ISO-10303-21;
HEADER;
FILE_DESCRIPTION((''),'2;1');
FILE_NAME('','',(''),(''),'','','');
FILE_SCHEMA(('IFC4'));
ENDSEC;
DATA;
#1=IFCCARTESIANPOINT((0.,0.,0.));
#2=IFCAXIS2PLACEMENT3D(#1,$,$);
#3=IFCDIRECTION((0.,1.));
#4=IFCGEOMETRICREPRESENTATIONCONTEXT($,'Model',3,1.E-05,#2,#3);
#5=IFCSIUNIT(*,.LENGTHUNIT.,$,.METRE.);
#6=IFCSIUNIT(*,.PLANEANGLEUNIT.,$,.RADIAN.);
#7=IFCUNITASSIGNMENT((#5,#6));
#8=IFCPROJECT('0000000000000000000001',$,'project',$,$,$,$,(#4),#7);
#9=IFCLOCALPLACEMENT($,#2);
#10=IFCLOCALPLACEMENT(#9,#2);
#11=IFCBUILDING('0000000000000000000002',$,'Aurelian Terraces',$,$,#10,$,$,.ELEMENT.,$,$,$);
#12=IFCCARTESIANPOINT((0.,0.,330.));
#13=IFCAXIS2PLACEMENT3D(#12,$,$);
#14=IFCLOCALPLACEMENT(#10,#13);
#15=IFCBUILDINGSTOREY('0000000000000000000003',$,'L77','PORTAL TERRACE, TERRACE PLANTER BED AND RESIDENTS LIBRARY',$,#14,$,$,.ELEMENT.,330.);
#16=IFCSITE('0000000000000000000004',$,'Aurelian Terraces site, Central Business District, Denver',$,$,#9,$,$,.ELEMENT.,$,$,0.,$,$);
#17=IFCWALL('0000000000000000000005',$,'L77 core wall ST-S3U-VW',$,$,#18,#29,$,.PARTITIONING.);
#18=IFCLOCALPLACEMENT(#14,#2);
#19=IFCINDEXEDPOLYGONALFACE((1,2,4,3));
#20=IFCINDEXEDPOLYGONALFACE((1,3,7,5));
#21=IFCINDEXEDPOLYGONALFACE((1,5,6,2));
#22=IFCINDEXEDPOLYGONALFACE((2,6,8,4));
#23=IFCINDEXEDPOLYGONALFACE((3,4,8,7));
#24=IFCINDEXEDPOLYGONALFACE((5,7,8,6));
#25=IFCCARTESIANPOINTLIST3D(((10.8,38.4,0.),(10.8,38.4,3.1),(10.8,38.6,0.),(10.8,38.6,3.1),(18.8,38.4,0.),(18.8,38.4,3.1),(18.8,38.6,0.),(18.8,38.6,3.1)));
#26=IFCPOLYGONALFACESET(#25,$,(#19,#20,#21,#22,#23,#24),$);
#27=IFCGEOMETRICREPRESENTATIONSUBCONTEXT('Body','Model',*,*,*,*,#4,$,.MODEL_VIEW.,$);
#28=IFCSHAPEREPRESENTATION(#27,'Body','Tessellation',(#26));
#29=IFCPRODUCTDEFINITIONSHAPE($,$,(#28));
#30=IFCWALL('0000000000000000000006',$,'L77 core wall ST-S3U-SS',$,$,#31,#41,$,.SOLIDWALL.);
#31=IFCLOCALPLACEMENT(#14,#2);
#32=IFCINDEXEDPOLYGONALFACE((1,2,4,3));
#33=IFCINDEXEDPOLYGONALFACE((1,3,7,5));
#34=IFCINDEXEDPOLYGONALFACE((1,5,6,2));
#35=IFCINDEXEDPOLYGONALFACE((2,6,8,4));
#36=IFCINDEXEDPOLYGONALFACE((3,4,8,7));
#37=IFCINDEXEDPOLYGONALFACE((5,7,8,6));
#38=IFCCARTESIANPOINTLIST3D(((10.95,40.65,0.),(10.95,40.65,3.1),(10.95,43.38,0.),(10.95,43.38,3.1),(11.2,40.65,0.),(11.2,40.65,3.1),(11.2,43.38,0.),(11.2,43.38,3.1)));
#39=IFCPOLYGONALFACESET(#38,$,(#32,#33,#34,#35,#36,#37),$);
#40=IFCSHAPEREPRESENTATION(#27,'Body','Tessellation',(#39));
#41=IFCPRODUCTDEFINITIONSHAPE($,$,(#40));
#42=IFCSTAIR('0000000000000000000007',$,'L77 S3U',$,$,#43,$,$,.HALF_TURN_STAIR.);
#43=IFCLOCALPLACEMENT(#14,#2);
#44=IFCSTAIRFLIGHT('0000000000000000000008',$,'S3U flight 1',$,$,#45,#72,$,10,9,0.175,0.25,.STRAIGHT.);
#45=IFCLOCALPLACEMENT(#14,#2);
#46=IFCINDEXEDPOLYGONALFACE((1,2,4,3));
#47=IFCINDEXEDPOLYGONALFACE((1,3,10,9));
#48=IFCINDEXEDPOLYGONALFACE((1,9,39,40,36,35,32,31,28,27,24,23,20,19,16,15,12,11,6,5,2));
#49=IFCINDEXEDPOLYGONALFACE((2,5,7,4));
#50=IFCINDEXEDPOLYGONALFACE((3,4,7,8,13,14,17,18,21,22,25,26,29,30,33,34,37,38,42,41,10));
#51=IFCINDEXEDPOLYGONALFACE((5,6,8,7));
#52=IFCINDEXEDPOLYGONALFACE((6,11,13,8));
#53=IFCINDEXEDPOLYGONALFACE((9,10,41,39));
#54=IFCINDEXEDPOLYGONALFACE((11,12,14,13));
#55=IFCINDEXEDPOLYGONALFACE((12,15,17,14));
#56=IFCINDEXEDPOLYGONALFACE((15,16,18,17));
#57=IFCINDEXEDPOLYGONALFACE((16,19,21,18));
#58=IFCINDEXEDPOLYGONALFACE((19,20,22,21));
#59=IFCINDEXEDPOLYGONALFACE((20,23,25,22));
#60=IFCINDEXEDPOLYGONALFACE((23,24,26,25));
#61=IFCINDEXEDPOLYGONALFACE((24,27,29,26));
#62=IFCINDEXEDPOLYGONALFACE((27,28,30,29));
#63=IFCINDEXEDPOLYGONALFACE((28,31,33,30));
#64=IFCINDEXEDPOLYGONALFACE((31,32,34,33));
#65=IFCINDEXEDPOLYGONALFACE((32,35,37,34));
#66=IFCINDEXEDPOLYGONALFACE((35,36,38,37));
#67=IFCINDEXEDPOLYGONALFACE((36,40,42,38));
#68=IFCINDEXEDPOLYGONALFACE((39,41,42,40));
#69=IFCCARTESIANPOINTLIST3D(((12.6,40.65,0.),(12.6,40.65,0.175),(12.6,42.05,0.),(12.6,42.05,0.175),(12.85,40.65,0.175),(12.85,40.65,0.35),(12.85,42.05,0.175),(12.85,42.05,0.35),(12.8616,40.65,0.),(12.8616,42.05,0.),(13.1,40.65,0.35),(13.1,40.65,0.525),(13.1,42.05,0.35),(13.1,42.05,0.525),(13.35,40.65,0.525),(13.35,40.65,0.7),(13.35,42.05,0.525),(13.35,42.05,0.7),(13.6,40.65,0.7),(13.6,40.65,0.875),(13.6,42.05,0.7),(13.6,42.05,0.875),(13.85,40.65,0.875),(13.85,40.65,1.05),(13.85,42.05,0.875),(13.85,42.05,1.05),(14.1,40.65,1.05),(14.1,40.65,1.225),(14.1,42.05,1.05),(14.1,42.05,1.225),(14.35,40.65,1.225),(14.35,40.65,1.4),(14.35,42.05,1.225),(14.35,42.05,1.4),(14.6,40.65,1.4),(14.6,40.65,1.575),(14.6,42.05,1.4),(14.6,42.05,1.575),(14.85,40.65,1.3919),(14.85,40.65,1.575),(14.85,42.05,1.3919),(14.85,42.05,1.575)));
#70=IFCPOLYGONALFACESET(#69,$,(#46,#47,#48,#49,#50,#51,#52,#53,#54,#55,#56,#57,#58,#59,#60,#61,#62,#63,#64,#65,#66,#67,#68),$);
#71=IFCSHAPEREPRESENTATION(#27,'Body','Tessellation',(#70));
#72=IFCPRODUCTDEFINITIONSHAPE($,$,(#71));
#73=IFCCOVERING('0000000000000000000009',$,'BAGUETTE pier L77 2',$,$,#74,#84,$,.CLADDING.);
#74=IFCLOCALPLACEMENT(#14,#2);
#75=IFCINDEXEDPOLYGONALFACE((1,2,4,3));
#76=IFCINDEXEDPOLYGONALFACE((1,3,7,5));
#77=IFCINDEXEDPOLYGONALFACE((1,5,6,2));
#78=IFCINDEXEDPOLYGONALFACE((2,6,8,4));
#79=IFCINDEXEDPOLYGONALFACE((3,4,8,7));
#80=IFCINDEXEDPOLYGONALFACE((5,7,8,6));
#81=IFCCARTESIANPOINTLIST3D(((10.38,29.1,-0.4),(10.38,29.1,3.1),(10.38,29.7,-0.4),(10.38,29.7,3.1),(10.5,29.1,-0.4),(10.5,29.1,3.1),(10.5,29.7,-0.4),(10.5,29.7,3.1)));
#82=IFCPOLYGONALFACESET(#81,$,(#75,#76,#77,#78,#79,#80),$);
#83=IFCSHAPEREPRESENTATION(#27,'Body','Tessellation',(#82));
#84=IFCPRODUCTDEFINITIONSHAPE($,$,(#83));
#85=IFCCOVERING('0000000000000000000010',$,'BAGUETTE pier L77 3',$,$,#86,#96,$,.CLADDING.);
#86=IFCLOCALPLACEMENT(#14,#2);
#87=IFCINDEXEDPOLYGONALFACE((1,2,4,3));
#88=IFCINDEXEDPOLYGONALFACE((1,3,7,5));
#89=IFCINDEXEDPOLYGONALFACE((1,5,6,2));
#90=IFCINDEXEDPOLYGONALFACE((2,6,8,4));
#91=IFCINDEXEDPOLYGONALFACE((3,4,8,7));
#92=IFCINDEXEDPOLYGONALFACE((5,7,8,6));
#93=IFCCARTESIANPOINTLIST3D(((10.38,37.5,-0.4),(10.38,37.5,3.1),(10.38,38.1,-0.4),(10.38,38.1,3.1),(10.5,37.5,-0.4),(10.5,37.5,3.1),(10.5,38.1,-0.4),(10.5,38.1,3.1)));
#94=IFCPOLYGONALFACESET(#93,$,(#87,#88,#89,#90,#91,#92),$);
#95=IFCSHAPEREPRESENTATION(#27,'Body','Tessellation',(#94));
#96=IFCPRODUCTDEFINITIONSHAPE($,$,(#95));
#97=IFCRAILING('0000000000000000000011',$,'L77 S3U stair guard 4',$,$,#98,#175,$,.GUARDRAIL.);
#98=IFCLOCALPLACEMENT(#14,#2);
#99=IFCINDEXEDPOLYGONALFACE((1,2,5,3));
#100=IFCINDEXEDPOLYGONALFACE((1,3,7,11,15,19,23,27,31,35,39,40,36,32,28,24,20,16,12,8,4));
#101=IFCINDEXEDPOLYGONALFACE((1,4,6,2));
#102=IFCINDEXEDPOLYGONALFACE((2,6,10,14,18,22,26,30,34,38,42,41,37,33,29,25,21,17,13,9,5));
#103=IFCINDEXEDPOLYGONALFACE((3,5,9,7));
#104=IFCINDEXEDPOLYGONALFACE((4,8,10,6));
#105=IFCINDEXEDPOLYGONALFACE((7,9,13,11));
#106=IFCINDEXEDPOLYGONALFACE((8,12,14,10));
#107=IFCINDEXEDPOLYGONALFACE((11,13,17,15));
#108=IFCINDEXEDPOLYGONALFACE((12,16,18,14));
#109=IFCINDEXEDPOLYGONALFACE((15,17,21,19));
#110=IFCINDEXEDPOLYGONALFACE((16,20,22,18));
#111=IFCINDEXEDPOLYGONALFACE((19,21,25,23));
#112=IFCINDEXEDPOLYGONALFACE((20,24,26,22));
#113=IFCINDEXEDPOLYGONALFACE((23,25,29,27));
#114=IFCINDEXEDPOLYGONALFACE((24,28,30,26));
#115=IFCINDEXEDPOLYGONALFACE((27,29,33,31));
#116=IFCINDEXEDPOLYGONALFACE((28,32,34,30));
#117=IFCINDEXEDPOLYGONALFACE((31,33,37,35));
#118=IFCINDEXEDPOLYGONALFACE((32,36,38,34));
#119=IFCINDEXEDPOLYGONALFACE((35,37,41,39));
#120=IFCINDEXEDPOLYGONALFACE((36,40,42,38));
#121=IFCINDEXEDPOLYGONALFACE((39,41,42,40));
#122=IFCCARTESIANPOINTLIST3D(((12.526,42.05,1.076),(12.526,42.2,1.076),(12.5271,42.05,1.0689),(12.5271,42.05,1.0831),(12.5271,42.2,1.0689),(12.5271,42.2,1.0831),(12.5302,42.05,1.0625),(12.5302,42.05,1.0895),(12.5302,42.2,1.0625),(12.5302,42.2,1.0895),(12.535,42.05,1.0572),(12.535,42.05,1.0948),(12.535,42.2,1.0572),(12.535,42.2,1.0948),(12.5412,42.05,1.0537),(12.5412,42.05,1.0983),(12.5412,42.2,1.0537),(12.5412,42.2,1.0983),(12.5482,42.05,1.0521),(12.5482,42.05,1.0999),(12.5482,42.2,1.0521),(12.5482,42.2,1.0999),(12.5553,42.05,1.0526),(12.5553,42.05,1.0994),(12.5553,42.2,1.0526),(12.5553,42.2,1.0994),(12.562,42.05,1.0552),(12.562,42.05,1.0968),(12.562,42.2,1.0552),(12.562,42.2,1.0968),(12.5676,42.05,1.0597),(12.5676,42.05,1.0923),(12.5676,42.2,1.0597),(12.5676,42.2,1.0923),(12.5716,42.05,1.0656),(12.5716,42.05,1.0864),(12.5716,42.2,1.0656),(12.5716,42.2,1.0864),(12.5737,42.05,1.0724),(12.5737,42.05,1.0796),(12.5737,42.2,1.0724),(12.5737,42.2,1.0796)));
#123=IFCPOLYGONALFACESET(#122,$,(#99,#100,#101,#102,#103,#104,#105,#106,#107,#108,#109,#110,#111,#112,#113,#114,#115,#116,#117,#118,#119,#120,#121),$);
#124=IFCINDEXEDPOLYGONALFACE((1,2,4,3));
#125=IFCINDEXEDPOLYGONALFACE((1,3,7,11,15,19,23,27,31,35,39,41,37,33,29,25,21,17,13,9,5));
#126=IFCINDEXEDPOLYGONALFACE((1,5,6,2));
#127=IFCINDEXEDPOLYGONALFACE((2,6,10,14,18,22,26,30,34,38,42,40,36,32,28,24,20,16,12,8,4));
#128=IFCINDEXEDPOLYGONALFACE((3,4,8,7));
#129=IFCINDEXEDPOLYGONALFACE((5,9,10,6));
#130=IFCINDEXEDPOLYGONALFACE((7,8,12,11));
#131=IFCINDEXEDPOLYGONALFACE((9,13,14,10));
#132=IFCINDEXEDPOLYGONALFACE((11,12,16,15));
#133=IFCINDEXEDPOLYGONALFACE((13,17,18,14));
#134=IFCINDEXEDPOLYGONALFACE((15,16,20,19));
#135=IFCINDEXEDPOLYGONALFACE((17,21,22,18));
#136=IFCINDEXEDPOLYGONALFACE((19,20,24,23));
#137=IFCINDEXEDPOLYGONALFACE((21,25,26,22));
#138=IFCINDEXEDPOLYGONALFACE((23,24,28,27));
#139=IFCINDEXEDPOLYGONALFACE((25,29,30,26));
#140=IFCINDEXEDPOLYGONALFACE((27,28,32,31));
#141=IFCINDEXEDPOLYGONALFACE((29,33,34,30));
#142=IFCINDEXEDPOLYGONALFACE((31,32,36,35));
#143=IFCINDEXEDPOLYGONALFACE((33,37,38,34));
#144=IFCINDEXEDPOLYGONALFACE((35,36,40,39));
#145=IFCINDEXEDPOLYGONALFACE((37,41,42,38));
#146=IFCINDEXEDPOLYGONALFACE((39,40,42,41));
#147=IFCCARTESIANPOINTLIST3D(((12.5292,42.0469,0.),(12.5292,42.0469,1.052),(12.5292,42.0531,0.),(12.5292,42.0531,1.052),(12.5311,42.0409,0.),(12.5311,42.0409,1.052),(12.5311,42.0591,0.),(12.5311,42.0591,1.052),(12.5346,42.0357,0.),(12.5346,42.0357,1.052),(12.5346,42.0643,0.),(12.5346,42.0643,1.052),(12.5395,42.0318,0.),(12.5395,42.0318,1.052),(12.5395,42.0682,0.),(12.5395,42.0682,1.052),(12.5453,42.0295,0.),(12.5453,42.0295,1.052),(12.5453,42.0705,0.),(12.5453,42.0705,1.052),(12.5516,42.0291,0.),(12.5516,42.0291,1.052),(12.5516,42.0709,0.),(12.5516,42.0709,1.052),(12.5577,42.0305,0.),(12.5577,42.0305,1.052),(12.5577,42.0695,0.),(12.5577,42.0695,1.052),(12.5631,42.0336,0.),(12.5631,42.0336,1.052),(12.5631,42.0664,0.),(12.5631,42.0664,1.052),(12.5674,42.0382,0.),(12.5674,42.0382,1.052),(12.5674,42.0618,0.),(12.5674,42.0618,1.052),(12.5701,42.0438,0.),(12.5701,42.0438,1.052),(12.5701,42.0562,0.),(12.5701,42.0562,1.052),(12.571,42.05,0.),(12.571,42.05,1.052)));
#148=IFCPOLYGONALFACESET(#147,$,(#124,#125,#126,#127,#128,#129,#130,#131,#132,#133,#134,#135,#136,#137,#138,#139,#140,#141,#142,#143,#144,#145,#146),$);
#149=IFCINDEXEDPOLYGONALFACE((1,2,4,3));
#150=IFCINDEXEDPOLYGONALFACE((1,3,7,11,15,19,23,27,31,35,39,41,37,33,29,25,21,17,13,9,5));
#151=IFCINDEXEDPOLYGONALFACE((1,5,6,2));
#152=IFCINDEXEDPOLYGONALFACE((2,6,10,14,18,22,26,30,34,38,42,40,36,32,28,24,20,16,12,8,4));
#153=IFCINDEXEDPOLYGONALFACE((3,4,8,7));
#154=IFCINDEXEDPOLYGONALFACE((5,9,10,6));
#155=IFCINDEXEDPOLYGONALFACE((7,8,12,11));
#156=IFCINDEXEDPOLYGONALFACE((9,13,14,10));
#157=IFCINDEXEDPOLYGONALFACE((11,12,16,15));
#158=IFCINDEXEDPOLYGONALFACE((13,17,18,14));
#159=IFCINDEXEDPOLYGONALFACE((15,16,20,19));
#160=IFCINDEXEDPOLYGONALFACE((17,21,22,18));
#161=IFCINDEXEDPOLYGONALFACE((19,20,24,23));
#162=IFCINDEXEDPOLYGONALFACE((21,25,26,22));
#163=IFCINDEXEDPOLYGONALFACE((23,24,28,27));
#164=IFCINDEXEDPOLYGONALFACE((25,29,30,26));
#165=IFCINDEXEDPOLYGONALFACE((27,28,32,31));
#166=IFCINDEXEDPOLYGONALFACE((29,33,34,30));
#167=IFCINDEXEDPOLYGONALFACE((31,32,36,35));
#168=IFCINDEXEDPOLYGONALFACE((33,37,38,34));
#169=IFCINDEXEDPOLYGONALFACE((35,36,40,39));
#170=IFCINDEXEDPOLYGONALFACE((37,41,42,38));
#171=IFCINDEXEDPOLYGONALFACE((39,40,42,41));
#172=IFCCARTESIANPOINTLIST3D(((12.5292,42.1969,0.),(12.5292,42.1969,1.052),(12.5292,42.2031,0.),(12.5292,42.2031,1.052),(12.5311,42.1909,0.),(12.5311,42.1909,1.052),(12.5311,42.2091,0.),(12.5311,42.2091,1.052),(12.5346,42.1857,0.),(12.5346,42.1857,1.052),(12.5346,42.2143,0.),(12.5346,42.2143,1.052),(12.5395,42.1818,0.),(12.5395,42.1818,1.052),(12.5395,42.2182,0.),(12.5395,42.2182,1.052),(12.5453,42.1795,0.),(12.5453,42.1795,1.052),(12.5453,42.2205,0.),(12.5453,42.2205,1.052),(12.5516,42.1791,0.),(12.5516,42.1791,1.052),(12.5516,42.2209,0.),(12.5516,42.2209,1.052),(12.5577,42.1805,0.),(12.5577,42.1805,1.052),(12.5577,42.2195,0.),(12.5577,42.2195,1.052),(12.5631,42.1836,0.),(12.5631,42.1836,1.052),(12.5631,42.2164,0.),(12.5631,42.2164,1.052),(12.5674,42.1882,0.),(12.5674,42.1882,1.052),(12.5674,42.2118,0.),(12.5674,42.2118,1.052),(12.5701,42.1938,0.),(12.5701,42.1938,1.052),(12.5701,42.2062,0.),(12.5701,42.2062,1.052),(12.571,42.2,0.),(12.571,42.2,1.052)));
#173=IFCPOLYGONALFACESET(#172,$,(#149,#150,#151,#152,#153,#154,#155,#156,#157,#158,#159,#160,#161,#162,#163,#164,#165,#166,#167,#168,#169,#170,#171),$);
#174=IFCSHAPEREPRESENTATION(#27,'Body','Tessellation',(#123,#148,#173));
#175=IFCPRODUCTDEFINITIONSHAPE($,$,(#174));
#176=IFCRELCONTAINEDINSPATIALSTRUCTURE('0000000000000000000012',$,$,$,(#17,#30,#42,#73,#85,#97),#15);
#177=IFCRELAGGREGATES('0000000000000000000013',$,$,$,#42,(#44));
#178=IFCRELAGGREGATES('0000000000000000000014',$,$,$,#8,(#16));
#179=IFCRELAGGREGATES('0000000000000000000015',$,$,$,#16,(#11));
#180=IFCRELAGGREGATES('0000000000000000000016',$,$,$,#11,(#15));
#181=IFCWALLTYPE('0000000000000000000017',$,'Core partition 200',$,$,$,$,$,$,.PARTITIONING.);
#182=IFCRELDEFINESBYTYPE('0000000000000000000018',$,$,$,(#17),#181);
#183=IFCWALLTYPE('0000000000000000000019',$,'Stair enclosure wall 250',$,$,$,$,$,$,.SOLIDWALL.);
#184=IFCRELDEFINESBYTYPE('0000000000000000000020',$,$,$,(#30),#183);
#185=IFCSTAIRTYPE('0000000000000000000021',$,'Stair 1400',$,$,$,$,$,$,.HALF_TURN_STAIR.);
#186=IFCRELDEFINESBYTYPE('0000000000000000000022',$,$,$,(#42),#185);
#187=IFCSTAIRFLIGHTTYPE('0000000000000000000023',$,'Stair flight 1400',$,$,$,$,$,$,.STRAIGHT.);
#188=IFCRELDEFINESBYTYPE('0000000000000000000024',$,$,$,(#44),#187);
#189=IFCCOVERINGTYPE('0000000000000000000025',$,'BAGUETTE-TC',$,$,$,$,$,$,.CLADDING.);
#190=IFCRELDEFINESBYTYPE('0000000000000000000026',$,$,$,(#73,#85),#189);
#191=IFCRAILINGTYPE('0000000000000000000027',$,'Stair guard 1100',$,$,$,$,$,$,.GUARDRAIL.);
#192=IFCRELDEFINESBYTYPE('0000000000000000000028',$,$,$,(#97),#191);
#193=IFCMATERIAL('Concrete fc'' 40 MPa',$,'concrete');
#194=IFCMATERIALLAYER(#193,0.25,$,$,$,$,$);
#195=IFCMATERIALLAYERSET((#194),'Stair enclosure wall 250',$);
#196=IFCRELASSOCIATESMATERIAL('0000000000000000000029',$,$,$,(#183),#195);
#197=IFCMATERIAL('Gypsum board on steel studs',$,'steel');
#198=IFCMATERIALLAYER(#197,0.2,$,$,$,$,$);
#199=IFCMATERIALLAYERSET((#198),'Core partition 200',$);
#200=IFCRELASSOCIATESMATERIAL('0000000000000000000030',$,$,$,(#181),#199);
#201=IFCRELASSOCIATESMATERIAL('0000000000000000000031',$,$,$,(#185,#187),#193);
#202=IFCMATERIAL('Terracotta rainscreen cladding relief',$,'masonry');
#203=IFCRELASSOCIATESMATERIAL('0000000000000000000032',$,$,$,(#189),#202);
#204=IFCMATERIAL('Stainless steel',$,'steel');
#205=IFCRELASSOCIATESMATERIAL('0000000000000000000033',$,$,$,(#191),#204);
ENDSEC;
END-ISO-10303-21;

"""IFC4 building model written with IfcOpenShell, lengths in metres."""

from ifc_helpers import new_model, si_unit, direction, frame, frame_2d, origin, origin_2d, place, context, subcontext, project, spatial, polyline, rectangle, circle, outline, extrude, source, transform, mapped, material, layer, layer_set, type_object, element, aggregate, save


model = new_model("IFC4")

# Units and contexts
model_context = context("Model", 3, precision=1e-05, world=origin(), true_north=direction((0.0, 1.0)))
body_context = subcontext(model_context, "Body", "Model", "MODEL_VIEW")
ifc_project = project(units=[si_unit("LENGTHUNIT", "METRE"), si_unit("PLANEANGLEUNIT", "RADIAN")], contexts=[model_context])

# Site, building, storey
site_placement = place(None, origin())
site = spatial("IfcSite", under=ifc_project, at=site_placement, Name="Aurelian Terraces site, Central Business District, Denver", CompositionType="ELEMENT", RefElevation=0.0)
building_placement = place(site_placement, origin())
building = spatial("IfcBuilding", under=site, at=building_placement, Name="Aurelian Terraces", CompositionType="ELEMENT")
storey_placement = place(building_placement, frame((0.0, 0.0, 330.0)))
storey = spatial("IfcBuildingStorey", under=building, at=storey_placement, Name="L77", Description="PORTAL TERRACE, TERRACE PLANTER BED AND RESIDENTS LIBRARY", CompositionType="ELEMENT", Elevation=330.0)

# Shared definitions
ifc_material_1 = material(Name="Gypsum board on steel studs", Category="steel")

# Shared definitions
ifc_material_2 = material(Name="Concrete fc' 40 MPa", Category="concrete")

# Shared definitions
ifc_layer_1 = layer(ifc_material_2, 0.25)
ifc_layer_set_1 = layer_set([ifc_layer_1], Name="Stair enclosure wall 250")
wall_type_1 = type_object("IfcWallType", Name="Stair enclosure wall 250", PredefinedType="SOLIDWALL", material=ifc_layer_set_1)

# Walls
ifc_layer_2 = layer(ifc_material_1, 0.2)
ifc_layer_set_2 = layer_set([ifc_layer_2], Name="Core partition 200")
wall_type_2 = type_object("IfcWallType", Name="Core partition 200", PredefinedType="PARTITIONING", material=ifc_layer_set_2)
shared_shape_1 = source(origin(), body_context, "Body", "SweptSolid", [
    extrude(rectangle(XDim=8.0, YDim=0.2, at=frame_2d((4.0, 0.0))), origin(), (0.0, 0.0, 1.0), 3.1),
])
wall_1_placement = place(storey_placement, frame((10.8, 38.5, 0.0), z_axis=(0.0, 0.0, 1.0), x_axis=(1.0, 0.0, 0.0)))
element("IfcWall", 1, at=wall_1_placement, inside=storey, type_object=wall_type_2, Name="L77 core wall ST-S3U-VW", PredefinedType="PARTITIONING", context=body_context, shape_type="MappedRepresentation", body=[
    mapped(shared_shape_1, transform((0.0, 0.0, 0.0), scale=1.0)),
])
shared_shape_2 = source(origin(), body_context, "Body", "SweptSolid", [
    extrude(rectangle(XDim=2.73, YDim=0.25, at=frame_2d((1.365, 0.0))), origin(), (0.0, 0.0, 1.0), 3.1),
])
wall_2_placement = place(storey_placement, frame((11.075, 40.65, 0.0), z_axis=(0.0, 0.0, 1.0), x_axis=(0.0, 1.0, 0.0)))
element("IfcWall", 2, at=wall_2_placement, inside=storey, type_object=wall_type_1, Name="L77 core wall ST-S3U-SS", PredefinedType="SOLIDWALL", context=body_context, shape_type="MappedRepresentation", body=[
    mapped(shared_shape_2, transform((0.0, 0.0, 0.0), scale=1.0)),
])

# Stair, stair flight
stair_type = type_object("IfcStairType", Name="Stair 1400", PredefinedType="HALF_TURN_STAIR", material=ifc_material_2)
stair_placement = place(storey_placement, origin())
stair = element("IfcStair", 3, at=stair_placement, inside=storey, type_object=stair_type, Name="L77 S3U", PredefinedType="HALF_TURN_STAIR")
stair_flight_type = type_object("IfcStairFlightType", Name="Stair flight 1400", PredefinedType="STRAIGHT", material=ifc_material_2)
shared_shape_3 = source(origin(), body_context, "Body", "SweptSolid", [
    extrude(outline(polyline([(0.0, 0.0), (0.0, 0.175), (0.25, 0.175), (0.25, 0.35), (0.5, 0.35), (0.5, 0.525), (0.75, 0.525), (0.75, 0.7), (1.0, 0.7), (1.0, 0.875), (1.25, 0.875), (1.25, 1.05), (1.5, 1.05), (1.5, 1.225), (1.75, 1.225), (1.75, 1.4), (2.0, 1.4), (2.0, 1.575), (2.25, 1.575), (2.25, 1.75), (2.25, 1.3919), (0.2616, 0.0), (0.0, 0.0)])), frame((0.0, 0.7, 0.0), z_axis=(0.0, -1.0, 0.0), x_axis=(1.0, 0.0, 0.0)), (0.0, 0.0, 1.0), 1.4),
])
stair_flight_placement = place(storey_placement, frame((12.6, 41.35, 0.0), z_axis=(0.0, 0.0, 1.0), x_axis=(1.0, 0.0, 0.0)))
stair_flight = element("IfcStairFlight", 4, at=stair_flight_placement, type_object=stair_flight_type, Name="S3U flight 1", NumberOfRisers=10, NumberOfTreads=9, PredefinedType="STRAIGHT", RiserHeight=0.175, TreadLength=0.25, context=body_context, shape_type="MappedRepresentation", body=[
    mapped(shared_shape_3, transform((0.0, 0.0, 0.0), scale=1.0)),
])
aggregate(stair, [stair_flight])

# Coverings
ifc_material_3 = material(Name="Terracotta rainscreen cladding relief", Category="masonry")
covering_type_1 = type_object("IfcCoveringType", Name="BAGUETTE-TC", PredefinedType="CLADDING", material=ifc_material_3)
shared_shape_4 = source(origin(), body_context, "Body", "SweptSolid", [
    extrude(rectangle(XDim=0.12, YDim=0.6, at=origin_2d()), origin(), (0.0, 0.0, 1.0), 3.5),
])
for number, where, z_axis, x_axis, name in (
    (5, (10.44, 29.4, -0.4), (0.0, 0.0, 1.0), (1.0, 0.0, 0.0), "BAGUETTE pier L77 2"),
    (6, (10.44, 37.8, -0.4), (0.0, 0.0, 1.0), (1.0, 0.0, 0.0), "BAGUETTE pier L77 3"),
):
    element("IfcCovering", number, at=place(storey_placement, frame(where, z_axis=z_axis, x_axis=x_axis)), inside=storey, type_object=covering_type_1, Name=name, PredefinedType="CLADDING", context=body_context, shape_type="MappedRepresentation", body=[
        mapped(shared_shape_4, transform((0.0, 0.0, 0.0), scale=1.0)),
    ])

# Railing
ifc_material_4 = material(Name="Stainless steel", Category="steel")
railing_type_1 = type_object("IfcRailingType", Name="Stair guard 1100", PredefinedType="GUARDRAIL", material=ifc_material_4)
shared_shape_5 = source(origin(), body_context, "Body", "SweptSolid", [
    extrude(circle(Radius=0.024, at=origin_2d()), frame((0.0, 0.0, 1.076), z_axis=(0.0, 1.0, 0.0), x_axis=(-1.0, 0.0, 0.0)), (0.0, 0.0, 1.0), 0.15),
    extrude(circle(Radius=0.021, at=origin_2d()), origin(), (0.0, 0.0, 1.0), 1.052),
    extrude(circle(Radius=0.021, at=origin_2d()), frame((0.0, 0.15, 0.0)), (0.0, 0.0, 1.0), 1.052),
])
railing_1_placement = place(storey_placement, frame((12.55, 42.05, 0.0)))
element("IfcRailing", 7, at=railing_1_placement, inside=storey, type_object=railing_type_1, Name="L77 S3U stair guard 4", PredefinedType="GUARDRAIL", context=body_context, shape_type="MappedRepresentation", body=[
    mapped(shared_shape_5, transform((0.0, 0.0, 0.0), scale=1.0)),
])

save(model, "model.ifc")
